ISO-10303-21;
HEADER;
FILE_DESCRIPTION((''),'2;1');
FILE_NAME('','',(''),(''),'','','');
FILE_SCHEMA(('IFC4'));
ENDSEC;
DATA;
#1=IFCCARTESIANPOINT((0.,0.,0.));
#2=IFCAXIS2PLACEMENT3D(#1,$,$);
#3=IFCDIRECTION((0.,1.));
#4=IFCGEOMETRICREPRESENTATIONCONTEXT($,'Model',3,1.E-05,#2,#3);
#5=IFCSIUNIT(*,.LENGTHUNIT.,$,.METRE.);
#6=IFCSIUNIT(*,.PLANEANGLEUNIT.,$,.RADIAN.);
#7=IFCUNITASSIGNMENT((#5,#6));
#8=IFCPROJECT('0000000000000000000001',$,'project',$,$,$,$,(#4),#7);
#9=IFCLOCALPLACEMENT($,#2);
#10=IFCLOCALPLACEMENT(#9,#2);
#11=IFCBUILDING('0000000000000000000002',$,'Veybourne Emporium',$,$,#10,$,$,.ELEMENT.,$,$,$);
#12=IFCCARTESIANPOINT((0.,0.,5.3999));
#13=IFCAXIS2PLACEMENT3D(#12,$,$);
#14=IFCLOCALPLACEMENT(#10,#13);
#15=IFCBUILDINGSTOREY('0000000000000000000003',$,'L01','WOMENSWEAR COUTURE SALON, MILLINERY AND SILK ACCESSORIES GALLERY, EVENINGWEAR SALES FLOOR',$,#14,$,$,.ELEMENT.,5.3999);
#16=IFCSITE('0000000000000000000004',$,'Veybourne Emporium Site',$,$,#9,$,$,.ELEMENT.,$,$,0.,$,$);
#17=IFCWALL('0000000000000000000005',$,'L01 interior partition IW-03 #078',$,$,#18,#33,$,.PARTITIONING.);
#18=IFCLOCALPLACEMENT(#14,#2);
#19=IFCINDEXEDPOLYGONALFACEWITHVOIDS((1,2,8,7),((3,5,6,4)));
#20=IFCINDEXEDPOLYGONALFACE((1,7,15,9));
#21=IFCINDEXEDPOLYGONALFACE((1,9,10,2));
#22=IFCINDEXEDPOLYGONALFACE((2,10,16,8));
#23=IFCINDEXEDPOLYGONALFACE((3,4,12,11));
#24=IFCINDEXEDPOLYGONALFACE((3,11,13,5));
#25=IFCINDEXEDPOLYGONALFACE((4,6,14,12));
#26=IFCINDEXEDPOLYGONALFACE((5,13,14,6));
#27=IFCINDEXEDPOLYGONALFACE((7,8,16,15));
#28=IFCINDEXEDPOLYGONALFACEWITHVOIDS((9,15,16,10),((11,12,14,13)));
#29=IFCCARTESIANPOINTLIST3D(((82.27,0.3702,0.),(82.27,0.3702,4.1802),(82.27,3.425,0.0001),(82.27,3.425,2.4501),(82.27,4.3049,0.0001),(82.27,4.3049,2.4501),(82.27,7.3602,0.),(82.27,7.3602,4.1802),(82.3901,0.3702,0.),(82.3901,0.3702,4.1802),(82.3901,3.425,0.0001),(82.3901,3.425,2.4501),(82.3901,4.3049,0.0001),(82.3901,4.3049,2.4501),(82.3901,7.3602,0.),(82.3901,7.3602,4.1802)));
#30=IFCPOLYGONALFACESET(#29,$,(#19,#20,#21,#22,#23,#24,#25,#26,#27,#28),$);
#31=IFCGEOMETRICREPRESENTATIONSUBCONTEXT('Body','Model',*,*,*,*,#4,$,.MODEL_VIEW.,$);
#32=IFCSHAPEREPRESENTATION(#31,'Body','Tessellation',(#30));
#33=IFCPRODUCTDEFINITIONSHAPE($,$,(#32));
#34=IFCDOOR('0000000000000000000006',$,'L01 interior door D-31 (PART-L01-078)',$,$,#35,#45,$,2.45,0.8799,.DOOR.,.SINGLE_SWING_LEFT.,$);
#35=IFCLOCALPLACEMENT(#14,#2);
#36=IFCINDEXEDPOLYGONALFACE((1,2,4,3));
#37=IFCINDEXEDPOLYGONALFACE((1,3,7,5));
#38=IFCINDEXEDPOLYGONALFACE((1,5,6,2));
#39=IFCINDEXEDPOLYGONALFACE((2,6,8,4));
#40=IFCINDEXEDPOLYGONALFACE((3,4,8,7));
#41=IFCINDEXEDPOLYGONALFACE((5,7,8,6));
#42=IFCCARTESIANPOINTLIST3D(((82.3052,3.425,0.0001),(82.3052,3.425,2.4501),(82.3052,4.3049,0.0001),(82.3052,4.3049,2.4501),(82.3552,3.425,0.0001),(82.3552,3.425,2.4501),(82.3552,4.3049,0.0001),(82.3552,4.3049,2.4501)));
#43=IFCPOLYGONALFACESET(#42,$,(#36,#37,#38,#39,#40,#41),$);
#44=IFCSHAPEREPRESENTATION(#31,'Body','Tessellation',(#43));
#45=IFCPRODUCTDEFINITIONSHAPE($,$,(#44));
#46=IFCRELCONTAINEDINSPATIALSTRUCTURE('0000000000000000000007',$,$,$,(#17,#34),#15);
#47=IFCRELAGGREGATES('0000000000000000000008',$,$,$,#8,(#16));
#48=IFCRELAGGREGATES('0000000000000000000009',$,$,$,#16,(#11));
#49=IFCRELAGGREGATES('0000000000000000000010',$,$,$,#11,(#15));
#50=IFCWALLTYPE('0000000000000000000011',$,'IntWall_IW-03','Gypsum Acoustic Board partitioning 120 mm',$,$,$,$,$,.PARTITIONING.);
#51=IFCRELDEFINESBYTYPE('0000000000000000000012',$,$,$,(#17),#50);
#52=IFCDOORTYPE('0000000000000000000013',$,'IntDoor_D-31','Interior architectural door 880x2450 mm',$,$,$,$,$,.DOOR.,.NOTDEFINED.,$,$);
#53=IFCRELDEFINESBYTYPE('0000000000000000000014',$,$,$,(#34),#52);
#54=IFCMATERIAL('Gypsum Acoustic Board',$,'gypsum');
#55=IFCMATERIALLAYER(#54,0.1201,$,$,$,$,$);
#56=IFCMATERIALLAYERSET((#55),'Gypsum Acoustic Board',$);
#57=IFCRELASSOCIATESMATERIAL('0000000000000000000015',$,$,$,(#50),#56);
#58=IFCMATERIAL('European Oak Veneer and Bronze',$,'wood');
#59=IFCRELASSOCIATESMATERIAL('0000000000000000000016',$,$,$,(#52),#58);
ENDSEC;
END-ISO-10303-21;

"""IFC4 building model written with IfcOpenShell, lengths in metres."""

from ifc_helpers import new_model, si_unit, direction, frame, frame_2d, origin, place, context, subcontext, project, spatial, rectangle, extrude, material, layer, layer_set, type_object, element, fill, save


model = new_model("IFC4")

# Units and contexts
model_context = context("Model", 3, precision=1e-05, world=origin(), true_north=direction((0.0, 1.0)))
body_context = subcontext(model_context, "Body", "Model", "MODEL_VIEW")
ifc_project = project(units=[si_unit("LENGTHUNIT", "METRE"), si_unit("PLANEANGLEUNIT", "RADIAN")], contexts=[model_context])

# Site, building, storey
site_placement = place(None, origin())
site = spatial("IfcSite", under=ifc_project, at=site_placement, Name="Veybourne Emporium Site", CompositionType="ELEMENT", RefElevation=0.0)
building_placement = place(site_placement, origin())
building = spatial("IfcBuilding", under=site, at=building_placement, Name="Veybourne Emporium", CompositionType="ELEMENT")
storey_placement = place(building_placement, frame((0.0, 0.0, 5.3999)))
storey = spatial("IfcBuildingStorey", under=building, at=storey_placement, Name="L01", Description="WOMENSWEAR COUTURE SALON, MILLINERY AND SILK ACCESSORIES GALLERY, EVENINGWEAR SALES FLOOR", CompositionType="ELEMENT", Elevation=5.3999)

# Wall, opening, door
ifc_material_1 = material(Name="Gypsum Acoustic Board", Category="gypsum")
ifc_layer_1 = layer(ifc_material_1, 0.1201)
ifc_layer_set_1 = layer_set([ifc_layer_1], Name="Gypsum Acoustic Board")
wall_type = type_object("IfcWallType", Name="IntWall_IW-03", Description="Gypsum Acoustic Board partitioning 120 mm", PredefinedType="PARTITIONING", material=ifc_layer_set_1)
wall_placement = place(storey_placement, frame((82.3301, 0.3701, 0.0), z_axis=(0.0, 0.0, 1.0), x_axis=(0.0, 1.0, 0.0)))
wall = element("IfcWall", 1, at=wall_placement, inside=storey, type_object=wall_type, Name="L01 interior partition IW-03 #078", PredefinedType="PARTITIONING", context=body_context, shape_type="SweptSolid", body=[
    extrude(rectangle(XDim=6.99, YDim=0.1201, at=frame_2d((3.4951, 0.0))), origin(), (0.0, 0.0, 1.0), 4.1802),
])
opening_placement = place(wall_placement, frame((3.0549, 0.0, 0.0)))
opening = element("IfcOpeningElement", 2, at=opening_placement, cuts=wall, PredefinedType="OPENING", context=body_context, shape_type="SweptSolid", body=[
    extrude(rectangle(XDim=0.8799, YDim=2.45, at=frame_2d((0.4399, 1.2251))), frame((0.0, 0.0801, 0.0), z_axis=(0.0, -1.0, 0.0), x_axis=(1.0, 0.0, 0.0)), (0.0, 0.0, 1.0), 0.1602),
])
ifc_material_2 = material(Name="European Oak Veneer and Bronze", Category="wood")
door_type = type_object("IfcDoorType", Name="IntDoor_D-31", Description="Interior architectural door 880x2450 mm", OperationType="NOTDEFINED", PredefinedType="DOOR", material=ifc_material_2)
door_placement = place(opening_placement, origin())
door = element("IfcDoor", 3, at=door_placement, inside=storey, type_object=door_type, Name="L01 interior door D-31 (PART-L01-078)", OperationType="SINGLE_SWING_LEFT", OverallHeight=2.45, OverallWidth=0.8799, PredefinedType="DOOR", context=body_context, shape_type="SweptSolid", body=[
    extrude(rectangle(XDim=0.8799, YDim=2.45, at=frame_2d((0.4399, 1.2251))), frame((0.0, 0.0249, 0.0), z_axis=(0.0, -1.0, 0.0), x_axis=(1.0, 0.0, 0.0)), (0.0, 0.0, 1.0), 0.05),
])
fill(opening, door)

save(model, "model.ifc")
